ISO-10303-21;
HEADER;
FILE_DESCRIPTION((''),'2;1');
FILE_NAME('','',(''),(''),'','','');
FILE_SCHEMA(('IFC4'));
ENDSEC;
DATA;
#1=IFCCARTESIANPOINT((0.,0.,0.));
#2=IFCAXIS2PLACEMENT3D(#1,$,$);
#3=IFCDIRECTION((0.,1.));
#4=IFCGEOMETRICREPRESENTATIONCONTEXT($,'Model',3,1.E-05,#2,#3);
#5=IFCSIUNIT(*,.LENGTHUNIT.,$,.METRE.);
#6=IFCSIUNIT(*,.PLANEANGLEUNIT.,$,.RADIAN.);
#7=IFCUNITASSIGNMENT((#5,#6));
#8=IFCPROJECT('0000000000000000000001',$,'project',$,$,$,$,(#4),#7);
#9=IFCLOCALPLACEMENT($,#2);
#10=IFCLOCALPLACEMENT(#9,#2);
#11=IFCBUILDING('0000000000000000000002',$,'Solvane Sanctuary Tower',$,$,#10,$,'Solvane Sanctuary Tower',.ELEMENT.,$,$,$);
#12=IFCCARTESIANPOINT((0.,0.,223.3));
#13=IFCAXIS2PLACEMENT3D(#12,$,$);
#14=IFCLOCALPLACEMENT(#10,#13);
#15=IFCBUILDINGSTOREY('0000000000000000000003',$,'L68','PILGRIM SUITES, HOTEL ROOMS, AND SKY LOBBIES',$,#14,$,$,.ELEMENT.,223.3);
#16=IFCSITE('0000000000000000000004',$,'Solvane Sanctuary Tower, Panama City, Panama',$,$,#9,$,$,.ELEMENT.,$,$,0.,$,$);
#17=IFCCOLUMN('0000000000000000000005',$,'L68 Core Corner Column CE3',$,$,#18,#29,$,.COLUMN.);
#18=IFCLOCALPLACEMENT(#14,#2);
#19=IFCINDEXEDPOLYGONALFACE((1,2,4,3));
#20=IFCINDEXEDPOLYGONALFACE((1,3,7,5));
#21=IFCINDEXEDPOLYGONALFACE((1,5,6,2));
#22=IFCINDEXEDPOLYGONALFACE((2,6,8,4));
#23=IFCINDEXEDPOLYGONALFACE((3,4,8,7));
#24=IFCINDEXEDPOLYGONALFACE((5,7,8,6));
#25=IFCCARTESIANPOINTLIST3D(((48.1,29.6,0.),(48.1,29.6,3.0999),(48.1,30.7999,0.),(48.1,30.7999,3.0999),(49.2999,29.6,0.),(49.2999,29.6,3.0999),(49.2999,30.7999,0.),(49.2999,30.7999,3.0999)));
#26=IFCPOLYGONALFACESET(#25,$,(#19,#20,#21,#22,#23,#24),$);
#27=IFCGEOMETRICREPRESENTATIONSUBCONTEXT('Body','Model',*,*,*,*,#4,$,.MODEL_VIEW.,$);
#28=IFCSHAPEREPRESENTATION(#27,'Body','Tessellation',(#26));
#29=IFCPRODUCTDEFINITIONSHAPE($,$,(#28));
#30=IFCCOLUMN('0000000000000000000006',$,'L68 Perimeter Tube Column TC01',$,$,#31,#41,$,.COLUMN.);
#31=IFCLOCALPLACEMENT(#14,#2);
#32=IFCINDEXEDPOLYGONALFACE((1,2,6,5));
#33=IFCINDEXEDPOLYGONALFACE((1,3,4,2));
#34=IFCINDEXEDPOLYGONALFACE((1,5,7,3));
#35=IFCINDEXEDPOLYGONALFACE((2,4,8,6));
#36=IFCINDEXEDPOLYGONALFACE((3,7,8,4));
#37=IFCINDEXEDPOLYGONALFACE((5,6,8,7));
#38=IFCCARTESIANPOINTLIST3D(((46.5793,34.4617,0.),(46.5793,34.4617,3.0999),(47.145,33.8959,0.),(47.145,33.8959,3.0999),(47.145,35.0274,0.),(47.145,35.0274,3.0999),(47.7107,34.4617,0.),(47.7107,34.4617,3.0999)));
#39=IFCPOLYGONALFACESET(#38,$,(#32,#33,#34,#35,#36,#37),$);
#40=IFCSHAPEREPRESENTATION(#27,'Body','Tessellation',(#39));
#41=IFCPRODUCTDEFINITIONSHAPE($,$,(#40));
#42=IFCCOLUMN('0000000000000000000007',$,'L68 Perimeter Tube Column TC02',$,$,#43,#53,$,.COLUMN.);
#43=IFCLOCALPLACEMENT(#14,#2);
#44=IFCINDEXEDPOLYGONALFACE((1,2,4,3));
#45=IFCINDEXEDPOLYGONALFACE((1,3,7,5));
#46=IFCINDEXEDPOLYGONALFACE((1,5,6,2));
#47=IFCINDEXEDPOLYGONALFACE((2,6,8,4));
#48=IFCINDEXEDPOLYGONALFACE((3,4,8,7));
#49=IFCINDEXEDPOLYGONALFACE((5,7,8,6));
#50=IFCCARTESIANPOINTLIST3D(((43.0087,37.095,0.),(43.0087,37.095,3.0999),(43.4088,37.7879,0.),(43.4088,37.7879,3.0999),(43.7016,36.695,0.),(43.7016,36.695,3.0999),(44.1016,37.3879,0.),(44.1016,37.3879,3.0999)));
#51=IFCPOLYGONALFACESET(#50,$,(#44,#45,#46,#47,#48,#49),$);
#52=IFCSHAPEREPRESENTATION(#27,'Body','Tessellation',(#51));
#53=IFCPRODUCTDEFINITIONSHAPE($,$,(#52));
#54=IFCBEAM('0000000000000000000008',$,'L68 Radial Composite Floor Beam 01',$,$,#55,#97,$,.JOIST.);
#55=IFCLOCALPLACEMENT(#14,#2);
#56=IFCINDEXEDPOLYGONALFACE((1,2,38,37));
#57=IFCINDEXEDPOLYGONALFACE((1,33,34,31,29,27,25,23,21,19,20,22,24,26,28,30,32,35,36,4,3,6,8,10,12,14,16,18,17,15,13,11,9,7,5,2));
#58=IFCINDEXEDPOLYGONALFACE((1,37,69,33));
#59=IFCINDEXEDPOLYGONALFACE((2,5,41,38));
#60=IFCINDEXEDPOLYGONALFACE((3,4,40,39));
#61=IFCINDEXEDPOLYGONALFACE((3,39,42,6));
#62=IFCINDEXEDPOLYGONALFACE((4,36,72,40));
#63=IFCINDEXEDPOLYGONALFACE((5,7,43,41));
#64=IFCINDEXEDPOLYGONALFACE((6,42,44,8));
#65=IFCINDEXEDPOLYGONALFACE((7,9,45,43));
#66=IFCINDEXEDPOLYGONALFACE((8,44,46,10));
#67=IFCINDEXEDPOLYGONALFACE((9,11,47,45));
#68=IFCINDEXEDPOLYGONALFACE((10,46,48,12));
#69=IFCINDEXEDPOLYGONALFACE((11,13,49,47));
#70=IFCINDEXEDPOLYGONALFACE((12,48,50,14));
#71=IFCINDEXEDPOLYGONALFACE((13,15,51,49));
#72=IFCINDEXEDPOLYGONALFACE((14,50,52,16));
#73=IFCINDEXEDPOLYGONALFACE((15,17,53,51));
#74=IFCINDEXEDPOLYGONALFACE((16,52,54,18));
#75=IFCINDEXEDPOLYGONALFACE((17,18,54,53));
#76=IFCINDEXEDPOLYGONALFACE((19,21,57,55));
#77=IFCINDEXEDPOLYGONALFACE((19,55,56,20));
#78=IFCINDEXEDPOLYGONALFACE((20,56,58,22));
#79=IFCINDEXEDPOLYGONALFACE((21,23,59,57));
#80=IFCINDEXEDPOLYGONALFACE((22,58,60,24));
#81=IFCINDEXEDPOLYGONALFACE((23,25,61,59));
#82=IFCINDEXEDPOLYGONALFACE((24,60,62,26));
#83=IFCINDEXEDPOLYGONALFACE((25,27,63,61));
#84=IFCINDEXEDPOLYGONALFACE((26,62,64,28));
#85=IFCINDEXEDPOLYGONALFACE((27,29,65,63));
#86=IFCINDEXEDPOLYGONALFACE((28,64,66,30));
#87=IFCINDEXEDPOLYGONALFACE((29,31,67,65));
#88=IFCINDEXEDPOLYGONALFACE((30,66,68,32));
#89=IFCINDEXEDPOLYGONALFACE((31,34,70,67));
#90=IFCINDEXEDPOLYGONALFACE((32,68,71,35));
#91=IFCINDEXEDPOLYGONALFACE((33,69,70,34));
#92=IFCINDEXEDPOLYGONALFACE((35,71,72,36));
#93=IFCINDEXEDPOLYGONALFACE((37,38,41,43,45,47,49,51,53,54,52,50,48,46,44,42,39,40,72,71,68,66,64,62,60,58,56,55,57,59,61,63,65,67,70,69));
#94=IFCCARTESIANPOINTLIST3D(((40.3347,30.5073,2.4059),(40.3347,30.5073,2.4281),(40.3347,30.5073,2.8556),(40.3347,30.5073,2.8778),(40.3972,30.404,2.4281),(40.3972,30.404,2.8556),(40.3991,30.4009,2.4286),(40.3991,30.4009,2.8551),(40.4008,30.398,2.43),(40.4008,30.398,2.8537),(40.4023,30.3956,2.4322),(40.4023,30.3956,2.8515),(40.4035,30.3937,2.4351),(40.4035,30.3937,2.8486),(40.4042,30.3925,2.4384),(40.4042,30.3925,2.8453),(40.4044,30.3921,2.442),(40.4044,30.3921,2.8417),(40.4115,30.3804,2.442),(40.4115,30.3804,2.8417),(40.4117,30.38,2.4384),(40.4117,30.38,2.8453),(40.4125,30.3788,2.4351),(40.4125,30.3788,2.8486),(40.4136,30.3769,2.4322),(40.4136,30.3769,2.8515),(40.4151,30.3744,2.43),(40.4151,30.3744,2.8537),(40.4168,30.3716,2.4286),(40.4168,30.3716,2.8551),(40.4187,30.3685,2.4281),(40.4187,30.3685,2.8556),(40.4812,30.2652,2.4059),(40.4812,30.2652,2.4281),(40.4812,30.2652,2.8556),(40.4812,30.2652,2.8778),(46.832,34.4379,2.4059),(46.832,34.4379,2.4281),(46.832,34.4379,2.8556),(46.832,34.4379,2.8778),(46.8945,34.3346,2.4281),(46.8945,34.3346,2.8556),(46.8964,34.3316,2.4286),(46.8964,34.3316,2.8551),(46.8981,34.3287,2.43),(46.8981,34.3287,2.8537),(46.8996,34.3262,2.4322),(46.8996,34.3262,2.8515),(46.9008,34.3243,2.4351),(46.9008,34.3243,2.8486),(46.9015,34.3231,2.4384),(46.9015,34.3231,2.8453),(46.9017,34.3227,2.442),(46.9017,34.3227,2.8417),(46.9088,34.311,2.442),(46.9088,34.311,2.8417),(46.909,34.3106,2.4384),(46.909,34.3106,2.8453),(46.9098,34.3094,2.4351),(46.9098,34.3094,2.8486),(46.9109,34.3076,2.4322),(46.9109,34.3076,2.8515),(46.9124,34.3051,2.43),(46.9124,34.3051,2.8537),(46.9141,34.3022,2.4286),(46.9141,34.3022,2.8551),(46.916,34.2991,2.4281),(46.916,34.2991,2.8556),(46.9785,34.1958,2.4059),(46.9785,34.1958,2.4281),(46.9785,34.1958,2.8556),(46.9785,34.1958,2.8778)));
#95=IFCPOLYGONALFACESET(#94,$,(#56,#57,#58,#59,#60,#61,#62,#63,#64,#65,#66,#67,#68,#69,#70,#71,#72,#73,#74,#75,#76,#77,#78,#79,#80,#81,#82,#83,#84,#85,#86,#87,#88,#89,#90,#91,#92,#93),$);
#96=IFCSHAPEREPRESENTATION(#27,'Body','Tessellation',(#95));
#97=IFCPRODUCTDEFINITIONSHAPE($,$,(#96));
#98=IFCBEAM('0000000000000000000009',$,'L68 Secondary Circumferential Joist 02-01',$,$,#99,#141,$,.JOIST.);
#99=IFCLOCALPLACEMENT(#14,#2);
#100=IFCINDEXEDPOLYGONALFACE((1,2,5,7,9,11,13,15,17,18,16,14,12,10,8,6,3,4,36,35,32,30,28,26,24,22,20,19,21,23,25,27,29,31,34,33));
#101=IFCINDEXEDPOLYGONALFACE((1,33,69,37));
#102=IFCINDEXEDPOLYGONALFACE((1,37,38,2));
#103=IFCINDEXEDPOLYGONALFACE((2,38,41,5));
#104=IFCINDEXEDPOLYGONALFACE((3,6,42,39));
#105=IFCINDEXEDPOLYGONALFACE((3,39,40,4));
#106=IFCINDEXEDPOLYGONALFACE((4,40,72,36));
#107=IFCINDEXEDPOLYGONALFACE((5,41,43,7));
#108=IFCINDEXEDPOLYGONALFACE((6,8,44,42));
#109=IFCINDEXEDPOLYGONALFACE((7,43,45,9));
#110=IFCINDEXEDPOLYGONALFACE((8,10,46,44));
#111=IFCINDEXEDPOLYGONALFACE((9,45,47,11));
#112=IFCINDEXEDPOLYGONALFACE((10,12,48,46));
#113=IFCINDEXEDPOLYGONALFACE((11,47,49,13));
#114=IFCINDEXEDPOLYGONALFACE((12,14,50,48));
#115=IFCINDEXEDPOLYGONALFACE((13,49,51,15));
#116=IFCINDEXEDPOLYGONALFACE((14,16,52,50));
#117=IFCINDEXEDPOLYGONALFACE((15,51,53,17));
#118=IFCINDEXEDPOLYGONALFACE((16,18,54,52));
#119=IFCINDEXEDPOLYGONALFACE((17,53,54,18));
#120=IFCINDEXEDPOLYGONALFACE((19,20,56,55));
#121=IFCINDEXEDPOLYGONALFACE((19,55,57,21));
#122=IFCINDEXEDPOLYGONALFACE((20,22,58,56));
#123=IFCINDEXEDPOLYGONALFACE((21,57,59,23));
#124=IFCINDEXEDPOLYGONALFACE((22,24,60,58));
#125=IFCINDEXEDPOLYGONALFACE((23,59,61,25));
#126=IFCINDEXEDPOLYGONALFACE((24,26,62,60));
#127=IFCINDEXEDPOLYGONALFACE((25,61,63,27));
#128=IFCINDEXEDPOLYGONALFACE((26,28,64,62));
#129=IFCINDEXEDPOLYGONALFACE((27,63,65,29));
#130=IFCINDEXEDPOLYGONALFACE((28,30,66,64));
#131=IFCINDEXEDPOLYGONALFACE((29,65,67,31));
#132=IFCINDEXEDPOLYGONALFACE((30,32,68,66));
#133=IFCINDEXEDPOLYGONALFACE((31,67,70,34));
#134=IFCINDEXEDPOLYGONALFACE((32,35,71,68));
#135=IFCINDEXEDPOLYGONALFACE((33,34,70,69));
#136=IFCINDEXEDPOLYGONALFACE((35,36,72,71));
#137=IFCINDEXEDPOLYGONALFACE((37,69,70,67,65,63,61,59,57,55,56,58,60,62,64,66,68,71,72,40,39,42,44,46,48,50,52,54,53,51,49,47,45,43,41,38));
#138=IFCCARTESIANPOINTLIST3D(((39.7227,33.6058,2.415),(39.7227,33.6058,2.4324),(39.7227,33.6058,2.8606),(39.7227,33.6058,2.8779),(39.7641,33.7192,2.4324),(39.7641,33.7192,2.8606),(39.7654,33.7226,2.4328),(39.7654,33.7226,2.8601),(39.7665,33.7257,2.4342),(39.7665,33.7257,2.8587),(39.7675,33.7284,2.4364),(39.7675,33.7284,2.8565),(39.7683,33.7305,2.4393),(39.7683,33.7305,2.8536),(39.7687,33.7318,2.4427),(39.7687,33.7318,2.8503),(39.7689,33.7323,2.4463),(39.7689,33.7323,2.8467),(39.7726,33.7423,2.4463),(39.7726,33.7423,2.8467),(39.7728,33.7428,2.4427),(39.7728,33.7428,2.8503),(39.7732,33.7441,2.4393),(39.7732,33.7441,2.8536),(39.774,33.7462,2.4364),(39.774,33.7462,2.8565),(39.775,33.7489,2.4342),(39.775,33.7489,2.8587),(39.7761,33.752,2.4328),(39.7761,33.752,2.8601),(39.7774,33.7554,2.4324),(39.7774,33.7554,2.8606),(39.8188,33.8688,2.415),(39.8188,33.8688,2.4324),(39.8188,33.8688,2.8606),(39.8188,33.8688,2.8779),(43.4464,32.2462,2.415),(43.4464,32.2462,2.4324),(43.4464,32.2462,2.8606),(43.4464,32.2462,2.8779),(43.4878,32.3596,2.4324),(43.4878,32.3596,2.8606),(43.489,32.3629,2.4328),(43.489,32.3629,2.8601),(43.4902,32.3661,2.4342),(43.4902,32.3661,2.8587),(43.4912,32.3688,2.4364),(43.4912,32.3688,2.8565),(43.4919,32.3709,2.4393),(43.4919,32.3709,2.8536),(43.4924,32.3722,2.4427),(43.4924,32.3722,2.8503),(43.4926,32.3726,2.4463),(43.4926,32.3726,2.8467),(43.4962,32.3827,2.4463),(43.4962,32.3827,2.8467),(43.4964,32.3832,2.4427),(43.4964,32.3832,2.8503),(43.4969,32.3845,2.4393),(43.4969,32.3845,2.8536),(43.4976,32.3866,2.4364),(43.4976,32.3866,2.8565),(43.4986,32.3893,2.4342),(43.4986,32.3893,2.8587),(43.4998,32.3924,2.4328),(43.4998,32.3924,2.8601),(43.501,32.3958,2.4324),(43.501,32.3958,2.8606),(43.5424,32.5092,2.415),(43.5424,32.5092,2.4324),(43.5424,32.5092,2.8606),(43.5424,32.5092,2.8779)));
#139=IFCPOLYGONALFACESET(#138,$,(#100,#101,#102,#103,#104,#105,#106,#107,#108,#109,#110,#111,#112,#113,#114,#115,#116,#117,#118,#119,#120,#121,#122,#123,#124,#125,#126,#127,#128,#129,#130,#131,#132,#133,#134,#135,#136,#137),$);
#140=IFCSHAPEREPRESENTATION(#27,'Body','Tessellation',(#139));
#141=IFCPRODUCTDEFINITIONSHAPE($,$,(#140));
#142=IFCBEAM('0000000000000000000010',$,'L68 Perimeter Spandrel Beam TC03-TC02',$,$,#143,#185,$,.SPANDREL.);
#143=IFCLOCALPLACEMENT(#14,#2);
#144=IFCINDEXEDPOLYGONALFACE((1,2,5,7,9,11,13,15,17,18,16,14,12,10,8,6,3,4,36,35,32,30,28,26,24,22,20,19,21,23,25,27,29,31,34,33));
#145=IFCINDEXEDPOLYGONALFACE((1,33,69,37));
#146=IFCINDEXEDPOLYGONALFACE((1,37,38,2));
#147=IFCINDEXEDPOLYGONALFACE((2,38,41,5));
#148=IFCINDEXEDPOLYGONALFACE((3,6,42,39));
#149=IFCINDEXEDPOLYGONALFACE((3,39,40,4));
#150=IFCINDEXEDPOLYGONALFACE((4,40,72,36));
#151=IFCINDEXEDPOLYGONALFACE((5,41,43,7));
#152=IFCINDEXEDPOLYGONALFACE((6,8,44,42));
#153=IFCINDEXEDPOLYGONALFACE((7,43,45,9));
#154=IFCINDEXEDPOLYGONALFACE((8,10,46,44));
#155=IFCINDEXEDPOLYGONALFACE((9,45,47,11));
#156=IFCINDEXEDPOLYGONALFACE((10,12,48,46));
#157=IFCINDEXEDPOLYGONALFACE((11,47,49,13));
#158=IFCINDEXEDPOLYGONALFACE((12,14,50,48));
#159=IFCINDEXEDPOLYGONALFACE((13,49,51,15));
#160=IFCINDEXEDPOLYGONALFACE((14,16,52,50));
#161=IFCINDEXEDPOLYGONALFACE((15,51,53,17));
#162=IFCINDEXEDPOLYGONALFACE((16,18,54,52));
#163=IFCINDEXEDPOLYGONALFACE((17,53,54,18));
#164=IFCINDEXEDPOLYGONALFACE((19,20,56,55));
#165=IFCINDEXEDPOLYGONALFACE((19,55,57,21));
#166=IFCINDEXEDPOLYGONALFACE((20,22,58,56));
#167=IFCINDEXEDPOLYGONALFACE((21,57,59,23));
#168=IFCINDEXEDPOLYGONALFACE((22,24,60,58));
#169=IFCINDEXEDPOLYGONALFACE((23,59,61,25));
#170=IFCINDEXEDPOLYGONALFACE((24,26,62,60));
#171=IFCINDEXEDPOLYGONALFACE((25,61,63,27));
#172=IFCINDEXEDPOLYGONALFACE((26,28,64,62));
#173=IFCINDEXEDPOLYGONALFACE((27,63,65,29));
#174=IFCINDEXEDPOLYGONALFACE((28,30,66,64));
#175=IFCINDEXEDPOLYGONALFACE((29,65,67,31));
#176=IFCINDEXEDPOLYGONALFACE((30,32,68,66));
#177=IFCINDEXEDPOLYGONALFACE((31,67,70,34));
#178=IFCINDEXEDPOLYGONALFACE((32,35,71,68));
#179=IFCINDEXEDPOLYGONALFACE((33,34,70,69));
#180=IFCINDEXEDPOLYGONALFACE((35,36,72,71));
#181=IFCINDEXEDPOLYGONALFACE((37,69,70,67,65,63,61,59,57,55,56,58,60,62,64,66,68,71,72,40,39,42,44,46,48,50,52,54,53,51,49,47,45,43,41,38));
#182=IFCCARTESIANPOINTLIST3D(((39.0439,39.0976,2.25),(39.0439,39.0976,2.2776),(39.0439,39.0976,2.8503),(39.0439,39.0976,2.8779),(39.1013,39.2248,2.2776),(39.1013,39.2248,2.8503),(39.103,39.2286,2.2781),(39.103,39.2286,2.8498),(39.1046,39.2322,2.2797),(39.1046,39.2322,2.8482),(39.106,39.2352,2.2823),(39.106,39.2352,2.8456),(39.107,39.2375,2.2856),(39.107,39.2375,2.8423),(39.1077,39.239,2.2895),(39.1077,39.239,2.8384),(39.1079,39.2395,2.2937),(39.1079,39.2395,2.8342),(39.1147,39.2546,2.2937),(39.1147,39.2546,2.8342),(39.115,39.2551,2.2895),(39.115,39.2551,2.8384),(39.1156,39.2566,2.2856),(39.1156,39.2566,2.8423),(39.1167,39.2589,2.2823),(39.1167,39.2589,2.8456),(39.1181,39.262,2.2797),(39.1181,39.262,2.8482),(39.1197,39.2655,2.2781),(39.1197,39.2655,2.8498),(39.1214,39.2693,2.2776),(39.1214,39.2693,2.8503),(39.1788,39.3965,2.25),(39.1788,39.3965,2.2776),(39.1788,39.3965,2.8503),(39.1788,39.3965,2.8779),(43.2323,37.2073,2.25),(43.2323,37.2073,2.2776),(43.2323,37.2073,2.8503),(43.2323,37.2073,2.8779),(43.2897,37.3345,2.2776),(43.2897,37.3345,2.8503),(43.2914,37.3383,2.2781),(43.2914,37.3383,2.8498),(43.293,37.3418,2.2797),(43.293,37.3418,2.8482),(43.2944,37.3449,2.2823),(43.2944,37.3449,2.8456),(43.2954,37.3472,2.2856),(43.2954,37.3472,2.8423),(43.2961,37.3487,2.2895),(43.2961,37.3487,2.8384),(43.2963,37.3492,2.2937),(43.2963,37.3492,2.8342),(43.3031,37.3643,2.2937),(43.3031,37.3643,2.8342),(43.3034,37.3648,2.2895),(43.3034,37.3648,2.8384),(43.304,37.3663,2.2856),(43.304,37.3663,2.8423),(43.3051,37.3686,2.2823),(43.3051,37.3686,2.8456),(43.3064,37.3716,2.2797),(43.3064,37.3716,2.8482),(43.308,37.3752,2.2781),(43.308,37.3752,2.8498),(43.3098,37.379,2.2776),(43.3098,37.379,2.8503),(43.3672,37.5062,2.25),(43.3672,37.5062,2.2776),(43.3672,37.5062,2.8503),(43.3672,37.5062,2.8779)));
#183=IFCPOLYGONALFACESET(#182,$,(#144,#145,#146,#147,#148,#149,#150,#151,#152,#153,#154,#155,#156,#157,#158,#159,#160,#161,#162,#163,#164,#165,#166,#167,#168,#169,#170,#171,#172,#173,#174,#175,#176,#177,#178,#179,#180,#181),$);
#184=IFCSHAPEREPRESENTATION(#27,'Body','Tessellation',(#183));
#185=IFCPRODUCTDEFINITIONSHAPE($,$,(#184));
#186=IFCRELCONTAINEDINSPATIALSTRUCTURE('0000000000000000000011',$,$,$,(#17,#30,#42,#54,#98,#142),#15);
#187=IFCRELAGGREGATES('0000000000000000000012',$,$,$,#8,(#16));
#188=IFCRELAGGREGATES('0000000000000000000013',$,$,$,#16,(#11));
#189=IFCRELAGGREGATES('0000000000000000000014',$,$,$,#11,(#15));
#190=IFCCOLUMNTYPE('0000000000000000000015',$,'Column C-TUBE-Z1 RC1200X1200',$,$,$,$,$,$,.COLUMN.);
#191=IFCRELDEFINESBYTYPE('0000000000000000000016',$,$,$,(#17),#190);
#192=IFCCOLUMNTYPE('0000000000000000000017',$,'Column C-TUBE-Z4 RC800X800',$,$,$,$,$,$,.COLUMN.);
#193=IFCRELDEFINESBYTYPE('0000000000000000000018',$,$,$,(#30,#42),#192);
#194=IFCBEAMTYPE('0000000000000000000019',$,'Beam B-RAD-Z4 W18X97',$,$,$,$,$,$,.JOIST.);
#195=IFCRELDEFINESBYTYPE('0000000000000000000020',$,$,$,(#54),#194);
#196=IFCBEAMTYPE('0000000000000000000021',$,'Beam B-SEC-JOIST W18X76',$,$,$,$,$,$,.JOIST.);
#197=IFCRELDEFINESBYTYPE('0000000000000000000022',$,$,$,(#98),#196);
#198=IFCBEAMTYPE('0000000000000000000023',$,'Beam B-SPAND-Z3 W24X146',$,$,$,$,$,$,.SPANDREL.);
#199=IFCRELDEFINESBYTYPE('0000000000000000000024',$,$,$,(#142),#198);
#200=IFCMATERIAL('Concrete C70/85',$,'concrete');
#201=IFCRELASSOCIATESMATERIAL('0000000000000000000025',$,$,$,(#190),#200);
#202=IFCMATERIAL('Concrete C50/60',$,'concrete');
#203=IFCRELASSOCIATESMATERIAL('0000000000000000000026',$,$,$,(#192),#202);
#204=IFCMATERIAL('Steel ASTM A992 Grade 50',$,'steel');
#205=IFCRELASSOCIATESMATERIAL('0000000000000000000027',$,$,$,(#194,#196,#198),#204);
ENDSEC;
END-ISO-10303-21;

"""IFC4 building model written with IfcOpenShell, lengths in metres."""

from ifc_helpers import new_model, si_unit, direction, frame, origin, origin_2d, place, context, subcontext, project, spatial, rectangle, i_section, extrude, material, material_profile, profile_set, type_object, element, save


model = new_model("IFC4")

# Units and contexts
model_context = context("Model", 3, precision=1e-05, world=origin(), true_north=direction((0.0, 1.0)))
body_context = subcontext(model_context, "Body", "Model", "MODEL_VIEW")
ifc_project = project(units=[si_unit("LENGTHUNIT", "METRE"), si_unit("PLANEANGLEUNIT", "RADIAN")], contexts=[model_context])

# Site, building, storey
site_placement = place(None, origin())
site = spatial("IfcSite", under=ifc_project, at=site_placement, Name="Solvane Sanctuary Tower, Panama City, Panama", CompositionType="ELEMENT", RefElevation=0.0)
building_placement = place(site_placement, origin())
building = spatial("IfcBuilding", under=site, at=building_placement, Name="Solvane Sanctuary Tower", LongName="Solvane Sanctuary Tower", CompositionType="ELEMENT")
storey_placement = place(building_placement, frame((0.0, 0.0, 223.3)))
storey = spatial("IfcBuildingStorey", under=building, at=storey_placement, Name="L68", Description="PILGRIM SUITES, HOTEL ROOMS, AND SKY LOBBIES", CompositionType="ELEMENT", Elevation=223.3)

# Columns
ifc_material_1 = material(Name="Concrete C70/85", Category="concrete")
ifc_material_profile_1 = material_profile(ifc_material_1, rectangle(XDim=1.2, YDim=1.2, at=origin_2d()), Name="RC1200X1200")
ifc_profile_set_1 = profile_set([ifc_material_profile_1], Name="Concrete C70/85")
column_type_1 = type_object("IfcColumnType", Name="Column C-TUBE-Z1 RC1200X1200", PredefinedType="COLUMN", material=ifc_profile_set_1)
column_placement = place(storey_placement, frame((48.7, 30.2, 0.0), z_axis=(0.0, 0.0, 1.0), x_axis=(1.0, 0.0, 0.0)))
element("IfcColumn", 1, at=column_placement, inside=storey, type_object=column_type_1, Name="L68 Core Corner Column CE3", PredefinedType="COLUMN", context=body_context, shape_type="SweptSolid", body=[
    extrude(rectangle(XDim=1.2, YDim=1.2, at=origin_2d()), origin(), (0.0, 0.0, 1.0), 3.0999),
])
ifc_material_2 = material(Name="Concrete C50/60", Category="concrete")
ifc_material_profile_2 = material_profile(ifc_material_2, rectangle(XDim=0.8, YDim=0.8, at=origin_2d()), Name="RC800X800")
ifc_profile_set_2 = profile_set([ifc_material_profile_2], Name="Concrete C50/60")
column_type_2 = type_object("IfcColumnType", Name="Column C-TUBE-Z4 RC800X800", PredefinedType="COLUMN", material=ifc_profile_set_2)
for number, where, z_axis, x_axis, name in (
    (2, (47.145, 34.4617, 0.0), (0.0, 0.0, 1.0), (0.707107, 0.707107, 0.0), "L68 Perimeter Tube Column TC01"),
    (3, (43.5552, 37.2415, 0.0), (0.0, 0.0, 1.0), (0.5, 0.866025, 0.0), "L68 Perimeter Tube Column TC02"),
):
    element("IfcColumn", number, at=place(storey_placement, frame(where, z_axis=z_axis, x_axis=x_axis)), inside=storey, type_object=column_type_2, Name=name, PredefinedType="COLUMN", context=body_context, shape_type="SweptSolid", body=[
        extrude(rectangle(XDim=0.8, YDim=0.8, at=origin_2d()), origin(), (0.0, 0.0, 1.0), 3.0999),
    ])

# Beams
ifc_material_3 = material(Name="Steel ASTM A992 Grade 50", Category="steel")
ifc_material_profile_3 = material_profile(ifc_material_3, i_section(OverallWidth=0.283, OverallDepth=0.4719, WebThickness=0.0137, FlangeThickness=0.0222, FilletRadius=0.0139, at=origin_2d()), Name="W18X97")
ifc_profile_set_3 = profile_set([ifc_material_profile_3], Name="Steel ASTM A992 Grade 50")
beam_type_1 = type_object("IfcBeamType", Name="Beam B-RAD-Z4 W18X97", PredefinedType="JOIST", material=ifc_profile_set_3)
beam_1_placement = place(storey_placement, frame((40.408, 30.3862, 2.6418), z_axis=(0.855612, 0.517618, 0.0), x_axis=(-0.517618, 0.855612, 0.0)))
element("IfcBeam", 4, at=beam_1_placement, inside=storey, type_object=beam_type_1, Name="L68 Radial Composite Floor Beam 01", PredefinedType="JOIST", context=body_context, shape_type="SweptSolid", body=[
    extrude(i_section(OverallWidth=0.283, OverallDepth=0.4719, WebThickness=0.0137, FlangeThickness=0.0222, FilletRadius=0.0139, at=origin_2d()), origin(), (0.0, 0.0, 1.0), 7.5938),
])
ifc_material_profile_4 = material_profile(ifc_material_3, i_section(OverallWidth=0.28, OverallDepth=0.4629, WebThickness=0.0107, FlangeThickness=0.0173, FilletRadius=0.0139, at=origin_2d()), Name="W18X76")
ifc_profile_set_4 = profile_set([ifc_material_profile_4], Name="Steel ASTM A992 Grade 50")
beam_type_2 = type_object("IfcBeamType", Name="Beam B-SEC-JOIST W18X76", PredefinedType="JOIST", material=ifc_profile_set_4)
beam_2_placement = place(storey_placement, frame((39.7708, 33.7373, 2.6465), z_axis=(0.939341, -0.342984, 0.0), x_axis=(0.342984, 0.939341, 0.0)))
element("IfcBeam", 5, at=beam_2_placement, inside=storey, type_object=beam_type_2, Name="L68 Secondary Circumferential Joist 02-01", PredefinedType="JOIST", context=body_context, shape_type="SweptSolid", body=[
    extrude(i_section(OverallWidth=0.28, OverallDepth=0.4629, WebThickness=0.0107, FlangeThickness=0.0173, FilletRadius=0.0139, at=origin_2d()), origin(), (0.0, 0.0, 1.0), 3.9641),
])
ifc_material_profile_5 = material_profile(ifc_material_3, i_section(OverallWidth=0.3279, OverallDepth=0.6279, WebThickness=0.0166, FlangeThickness=0.0276, FilletRadius=0.0161, at=origin_2d()), Name="W24X146")
ifc_profile_set_5 = profile_set([ifc_material_profile_5], Name="Steel ASTM A992 Grade 50")
beam_type_3 = type_object("IfcBeamType", Name="Beam B-SPAND-Z3 W24X146", PredefinedType="SPANDREL", material=ifc_profile_set_5)
beam_3_placement = place(storey_placement, frame((39.1113, 39.2471, 2.564), z_axis=(0.911468, -0.411372, 0.0), x_axis=(0.411372, 0.911468, 0.0)))
element("IfcBeam", 6, at=beam_3_placement, inside=storey, type_object=beam_type_3, Name="L68 Perimeter Spandrel Beam TC03-TC02", PredefinedType="SPANDREL", context=body_context, shape_type="SweptSolid", body=[
    extrude(i_section(OverallWidth=0.3279, OverallDepth=0.6279, WebThickness=0.0166, FlangeThickness=0.0276, FilletRadius=0.0161, at=origin_2d()), origin(), (0.0, 0.0, 1.0), 4.5952),
])

save(model, "model.ifc")
